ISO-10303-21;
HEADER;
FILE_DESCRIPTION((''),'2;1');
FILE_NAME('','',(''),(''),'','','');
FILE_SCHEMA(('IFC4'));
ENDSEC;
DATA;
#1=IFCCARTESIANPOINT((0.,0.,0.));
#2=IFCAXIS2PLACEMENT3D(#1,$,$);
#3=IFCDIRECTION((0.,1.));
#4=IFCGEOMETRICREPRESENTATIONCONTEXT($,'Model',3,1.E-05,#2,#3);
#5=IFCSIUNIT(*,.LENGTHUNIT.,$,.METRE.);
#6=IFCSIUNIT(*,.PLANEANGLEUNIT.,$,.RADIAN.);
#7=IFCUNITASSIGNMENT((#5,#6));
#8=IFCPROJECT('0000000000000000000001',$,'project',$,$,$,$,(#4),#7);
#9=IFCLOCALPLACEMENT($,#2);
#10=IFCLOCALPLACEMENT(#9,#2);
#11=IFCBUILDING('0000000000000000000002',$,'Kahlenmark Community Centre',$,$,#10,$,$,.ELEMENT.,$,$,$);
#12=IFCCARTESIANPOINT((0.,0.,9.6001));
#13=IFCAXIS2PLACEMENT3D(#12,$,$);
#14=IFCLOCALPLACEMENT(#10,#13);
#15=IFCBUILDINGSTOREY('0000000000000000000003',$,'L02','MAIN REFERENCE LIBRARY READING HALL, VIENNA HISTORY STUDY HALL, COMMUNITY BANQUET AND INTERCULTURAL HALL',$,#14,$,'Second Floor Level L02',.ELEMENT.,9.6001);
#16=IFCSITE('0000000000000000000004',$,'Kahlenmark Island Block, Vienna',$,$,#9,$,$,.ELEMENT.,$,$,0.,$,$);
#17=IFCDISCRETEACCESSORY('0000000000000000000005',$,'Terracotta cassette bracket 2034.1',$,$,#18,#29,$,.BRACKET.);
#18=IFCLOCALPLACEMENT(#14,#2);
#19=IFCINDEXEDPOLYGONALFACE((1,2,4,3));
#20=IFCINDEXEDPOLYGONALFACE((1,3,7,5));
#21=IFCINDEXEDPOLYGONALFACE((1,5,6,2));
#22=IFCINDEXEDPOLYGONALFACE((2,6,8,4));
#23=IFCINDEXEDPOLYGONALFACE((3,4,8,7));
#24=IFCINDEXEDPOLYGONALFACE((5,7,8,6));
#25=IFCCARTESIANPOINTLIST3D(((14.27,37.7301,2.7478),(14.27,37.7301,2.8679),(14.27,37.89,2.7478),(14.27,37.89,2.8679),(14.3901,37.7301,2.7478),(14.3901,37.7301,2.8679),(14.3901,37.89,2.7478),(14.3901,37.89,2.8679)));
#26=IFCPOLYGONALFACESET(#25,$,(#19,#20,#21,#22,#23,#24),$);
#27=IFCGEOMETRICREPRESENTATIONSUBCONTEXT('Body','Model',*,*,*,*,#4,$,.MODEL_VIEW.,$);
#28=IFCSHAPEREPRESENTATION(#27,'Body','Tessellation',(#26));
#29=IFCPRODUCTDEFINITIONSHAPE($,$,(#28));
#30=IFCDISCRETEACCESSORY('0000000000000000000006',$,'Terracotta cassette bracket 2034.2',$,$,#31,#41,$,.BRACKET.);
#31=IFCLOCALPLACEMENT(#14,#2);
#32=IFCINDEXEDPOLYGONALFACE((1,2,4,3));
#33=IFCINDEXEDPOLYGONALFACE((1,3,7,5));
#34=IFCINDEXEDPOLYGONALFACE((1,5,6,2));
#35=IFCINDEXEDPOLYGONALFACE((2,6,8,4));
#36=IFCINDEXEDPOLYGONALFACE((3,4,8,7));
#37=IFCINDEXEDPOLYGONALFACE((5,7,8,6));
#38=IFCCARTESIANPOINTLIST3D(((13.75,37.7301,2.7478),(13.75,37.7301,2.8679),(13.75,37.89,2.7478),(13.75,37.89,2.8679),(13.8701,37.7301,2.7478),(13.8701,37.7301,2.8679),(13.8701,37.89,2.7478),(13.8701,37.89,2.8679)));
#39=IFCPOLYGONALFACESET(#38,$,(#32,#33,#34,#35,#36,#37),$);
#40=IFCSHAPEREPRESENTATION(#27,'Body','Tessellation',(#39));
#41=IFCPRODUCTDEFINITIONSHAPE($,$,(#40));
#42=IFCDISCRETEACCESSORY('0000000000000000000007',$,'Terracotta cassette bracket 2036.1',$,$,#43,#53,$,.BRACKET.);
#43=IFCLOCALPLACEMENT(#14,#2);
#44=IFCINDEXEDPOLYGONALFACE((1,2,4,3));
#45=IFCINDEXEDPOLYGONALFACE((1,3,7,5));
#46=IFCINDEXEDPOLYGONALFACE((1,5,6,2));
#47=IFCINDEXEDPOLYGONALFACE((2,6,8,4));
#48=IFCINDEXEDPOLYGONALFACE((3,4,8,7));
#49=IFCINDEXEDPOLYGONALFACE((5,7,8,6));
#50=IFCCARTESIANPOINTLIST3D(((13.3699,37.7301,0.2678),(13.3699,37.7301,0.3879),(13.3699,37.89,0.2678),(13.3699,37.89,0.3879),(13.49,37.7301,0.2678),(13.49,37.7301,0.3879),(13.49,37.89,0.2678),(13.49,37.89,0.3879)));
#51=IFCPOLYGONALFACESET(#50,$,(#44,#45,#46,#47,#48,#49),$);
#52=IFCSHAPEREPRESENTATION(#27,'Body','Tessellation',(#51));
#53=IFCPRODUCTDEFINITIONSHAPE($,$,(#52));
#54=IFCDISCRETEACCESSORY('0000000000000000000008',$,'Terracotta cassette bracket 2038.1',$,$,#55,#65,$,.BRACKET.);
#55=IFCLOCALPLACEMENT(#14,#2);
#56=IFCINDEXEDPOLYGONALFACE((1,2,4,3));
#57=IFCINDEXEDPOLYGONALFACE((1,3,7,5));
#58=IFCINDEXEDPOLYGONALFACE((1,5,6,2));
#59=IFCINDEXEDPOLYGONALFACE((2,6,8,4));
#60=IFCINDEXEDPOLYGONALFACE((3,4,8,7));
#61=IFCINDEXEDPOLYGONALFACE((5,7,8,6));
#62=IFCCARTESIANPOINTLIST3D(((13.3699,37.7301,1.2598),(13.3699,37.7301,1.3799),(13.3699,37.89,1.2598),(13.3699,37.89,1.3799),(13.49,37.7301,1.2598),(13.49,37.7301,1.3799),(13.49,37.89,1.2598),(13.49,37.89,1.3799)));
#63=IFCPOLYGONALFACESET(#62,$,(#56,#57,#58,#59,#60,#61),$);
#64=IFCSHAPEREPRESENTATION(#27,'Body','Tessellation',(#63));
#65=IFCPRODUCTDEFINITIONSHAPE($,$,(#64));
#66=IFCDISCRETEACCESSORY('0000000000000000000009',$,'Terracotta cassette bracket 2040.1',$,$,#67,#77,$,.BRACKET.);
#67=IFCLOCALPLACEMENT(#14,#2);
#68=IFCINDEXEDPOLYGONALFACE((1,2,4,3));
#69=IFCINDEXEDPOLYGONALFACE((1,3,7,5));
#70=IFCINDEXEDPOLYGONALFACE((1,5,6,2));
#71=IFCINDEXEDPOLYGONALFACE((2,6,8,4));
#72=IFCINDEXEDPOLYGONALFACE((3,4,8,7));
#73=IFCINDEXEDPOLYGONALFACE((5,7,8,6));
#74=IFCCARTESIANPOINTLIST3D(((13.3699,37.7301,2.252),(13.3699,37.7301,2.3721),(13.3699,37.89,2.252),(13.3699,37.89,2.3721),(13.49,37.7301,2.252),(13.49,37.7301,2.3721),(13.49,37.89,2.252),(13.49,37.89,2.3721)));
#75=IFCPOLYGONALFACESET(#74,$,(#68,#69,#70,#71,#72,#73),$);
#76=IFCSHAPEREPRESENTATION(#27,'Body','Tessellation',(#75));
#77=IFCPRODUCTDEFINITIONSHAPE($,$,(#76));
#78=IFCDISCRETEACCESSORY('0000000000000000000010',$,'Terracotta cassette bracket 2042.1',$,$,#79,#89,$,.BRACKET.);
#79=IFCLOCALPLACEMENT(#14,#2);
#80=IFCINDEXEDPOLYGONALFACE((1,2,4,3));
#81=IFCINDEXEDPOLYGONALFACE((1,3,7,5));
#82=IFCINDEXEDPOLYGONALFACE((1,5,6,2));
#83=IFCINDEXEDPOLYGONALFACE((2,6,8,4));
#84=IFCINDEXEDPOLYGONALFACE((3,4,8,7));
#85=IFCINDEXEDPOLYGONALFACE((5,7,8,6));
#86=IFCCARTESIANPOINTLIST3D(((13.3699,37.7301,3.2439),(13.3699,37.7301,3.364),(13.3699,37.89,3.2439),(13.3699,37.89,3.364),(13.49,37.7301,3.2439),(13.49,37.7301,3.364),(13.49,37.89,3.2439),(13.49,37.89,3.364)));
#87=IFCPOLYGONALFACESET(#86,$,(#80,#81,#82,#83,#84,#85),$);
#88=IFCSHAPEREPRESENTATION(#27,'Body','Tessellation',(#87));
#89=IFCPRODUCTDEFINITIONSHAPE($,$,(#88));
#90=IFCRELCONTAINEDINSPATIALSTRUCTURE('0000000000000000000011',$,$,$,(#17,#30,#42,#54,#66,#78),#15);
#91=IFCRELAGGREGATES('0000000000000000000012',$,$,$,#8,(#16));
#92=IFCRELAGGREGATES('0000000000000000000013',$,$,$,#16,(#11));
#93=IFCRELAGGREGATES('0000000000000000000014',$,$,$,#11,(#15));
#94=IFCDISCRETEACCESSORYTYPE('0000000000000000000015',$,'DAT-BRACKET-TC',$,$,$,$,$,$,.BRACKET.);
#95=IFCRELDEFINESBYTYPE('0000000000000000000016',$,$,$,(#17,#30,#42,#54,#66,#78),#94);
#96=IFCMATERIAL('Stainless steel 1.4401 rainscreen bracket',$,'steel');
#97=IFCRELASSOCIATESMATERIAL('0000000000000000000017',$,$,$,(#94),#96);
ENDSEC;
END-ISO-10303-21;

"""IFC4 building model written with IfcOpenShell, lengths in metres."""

from ifc_helpers import new_model, si_unit, direction, frame, origin, origin_2d, place, context, subcontext, project, spatial, rectangle, extrude, material, type_object, element, save


model = new_model("IFC4")

# Units and contexts
model_context = context("Model", 3, precision=1e-05, world=origin(), true_north=direction((0.0, 1.0)))
body_context = subcontext(model_context, "Body", "Model", "MODEL_VIEW")
ifc_project = project(units=[si_unit("LENGTHUNIT", "METRE"), si_unit("PLANEANGLEUNIT", "RADIAN")], contexts=[model_context])

# Site, building, storey
site_placement = place(None, origin())
site = spatial("IfcSite", under=ifc_project, at=site_placement, Name="Kahlenmark Island Block, Vienna", CompositionType="ELEMENT", RefElevation=0.0)
building_placement = place(site_placement, origin())
building = spatial("IfcBuilding", under=site, at=building_placement, Name="Kahlenmark Community Centre", CompositionType="ELEMENT")
storey_placement = place(building_placement, frame((0.0, 0.0, 9.6001)))
storey = spatial("IfcBuildingStorey", under=building, at=storey_placement, Name="L02", Description="MAIN REFERENCE LIBRARY READING HALL, VIENNA HISTORY STUDY HALL, COMMUNITY BANQUET AND INTERCULTURAL HALL", LongName="Second Floor Level L02", CompositionType="ELEMENT", Elevation=9.6001)

# Discrete accessories
ifc_material_1 = material(Name="Stainless steel 1.4401 rainscreen bracket", Category="steel")
discrete_accessory_type = type_object("IfcDiscreteAccessoryType", Name="DAT-BRACKET-TC", PredefinedType="BRACKET", material=ifc_material_1)
for number, where, z_axis, x_axis, name in (
    (1, (14.3301, 37.8101, 2.7478), (0.0, 0.0, 1.0), (-1.0, 0.0, 0.0), "Terracotta cassette bracket 2034.1"),
    (2, (13.8101, 37.8101, 2.7478), (0.0, 0.0, 1.0), (-1.0, 0.0, 0.0), "Terracotta cassette bracket 2034.2"),
    (3, (13.4299, 37.8101, 0.2678), (0.0, 0.0, 1.0), (-1.0, 0.0, 0.0), "Terracotta cassette bracket 2036.1"),
    (4, (13.4299, 37.8101, 1.2598), (0.0, 0.0, 1.0), (-1.0, 0.0, 0.0), "Terracotta cassette bracket 2038.1"),
    (5, (13.4299, 37.8101, 2.252), (0.0, 0.0, 1.0), (-1.0, 0.0, 0.0), "Terracotta cassette bracket 2040.1"),
    (6, (13.4299, 37.8101, 3.2439), (0.0, 0.0, 1.0), (-1.0, 0.0, 0.0), "Terracotta cassette bracket 2042.1"),
):
    element("IfcDiscreteAccessory", number, at=place(storey_placement, frame(where, z_axis=z_axis, x_axis=x_axis)), inside=storey, type_object=discrete_accessory_type, Name=name, PredefinedType="BRACKET", context=body_context, shape_type="SweptSolid", body=[
        extrude(rectangle(XDim=0.1201, YDim=0.1599, at=origin_2d()), origin(), (0.0, 0.0, 1.0), 0.1201),
    ])

save(model, "model.ifc")
